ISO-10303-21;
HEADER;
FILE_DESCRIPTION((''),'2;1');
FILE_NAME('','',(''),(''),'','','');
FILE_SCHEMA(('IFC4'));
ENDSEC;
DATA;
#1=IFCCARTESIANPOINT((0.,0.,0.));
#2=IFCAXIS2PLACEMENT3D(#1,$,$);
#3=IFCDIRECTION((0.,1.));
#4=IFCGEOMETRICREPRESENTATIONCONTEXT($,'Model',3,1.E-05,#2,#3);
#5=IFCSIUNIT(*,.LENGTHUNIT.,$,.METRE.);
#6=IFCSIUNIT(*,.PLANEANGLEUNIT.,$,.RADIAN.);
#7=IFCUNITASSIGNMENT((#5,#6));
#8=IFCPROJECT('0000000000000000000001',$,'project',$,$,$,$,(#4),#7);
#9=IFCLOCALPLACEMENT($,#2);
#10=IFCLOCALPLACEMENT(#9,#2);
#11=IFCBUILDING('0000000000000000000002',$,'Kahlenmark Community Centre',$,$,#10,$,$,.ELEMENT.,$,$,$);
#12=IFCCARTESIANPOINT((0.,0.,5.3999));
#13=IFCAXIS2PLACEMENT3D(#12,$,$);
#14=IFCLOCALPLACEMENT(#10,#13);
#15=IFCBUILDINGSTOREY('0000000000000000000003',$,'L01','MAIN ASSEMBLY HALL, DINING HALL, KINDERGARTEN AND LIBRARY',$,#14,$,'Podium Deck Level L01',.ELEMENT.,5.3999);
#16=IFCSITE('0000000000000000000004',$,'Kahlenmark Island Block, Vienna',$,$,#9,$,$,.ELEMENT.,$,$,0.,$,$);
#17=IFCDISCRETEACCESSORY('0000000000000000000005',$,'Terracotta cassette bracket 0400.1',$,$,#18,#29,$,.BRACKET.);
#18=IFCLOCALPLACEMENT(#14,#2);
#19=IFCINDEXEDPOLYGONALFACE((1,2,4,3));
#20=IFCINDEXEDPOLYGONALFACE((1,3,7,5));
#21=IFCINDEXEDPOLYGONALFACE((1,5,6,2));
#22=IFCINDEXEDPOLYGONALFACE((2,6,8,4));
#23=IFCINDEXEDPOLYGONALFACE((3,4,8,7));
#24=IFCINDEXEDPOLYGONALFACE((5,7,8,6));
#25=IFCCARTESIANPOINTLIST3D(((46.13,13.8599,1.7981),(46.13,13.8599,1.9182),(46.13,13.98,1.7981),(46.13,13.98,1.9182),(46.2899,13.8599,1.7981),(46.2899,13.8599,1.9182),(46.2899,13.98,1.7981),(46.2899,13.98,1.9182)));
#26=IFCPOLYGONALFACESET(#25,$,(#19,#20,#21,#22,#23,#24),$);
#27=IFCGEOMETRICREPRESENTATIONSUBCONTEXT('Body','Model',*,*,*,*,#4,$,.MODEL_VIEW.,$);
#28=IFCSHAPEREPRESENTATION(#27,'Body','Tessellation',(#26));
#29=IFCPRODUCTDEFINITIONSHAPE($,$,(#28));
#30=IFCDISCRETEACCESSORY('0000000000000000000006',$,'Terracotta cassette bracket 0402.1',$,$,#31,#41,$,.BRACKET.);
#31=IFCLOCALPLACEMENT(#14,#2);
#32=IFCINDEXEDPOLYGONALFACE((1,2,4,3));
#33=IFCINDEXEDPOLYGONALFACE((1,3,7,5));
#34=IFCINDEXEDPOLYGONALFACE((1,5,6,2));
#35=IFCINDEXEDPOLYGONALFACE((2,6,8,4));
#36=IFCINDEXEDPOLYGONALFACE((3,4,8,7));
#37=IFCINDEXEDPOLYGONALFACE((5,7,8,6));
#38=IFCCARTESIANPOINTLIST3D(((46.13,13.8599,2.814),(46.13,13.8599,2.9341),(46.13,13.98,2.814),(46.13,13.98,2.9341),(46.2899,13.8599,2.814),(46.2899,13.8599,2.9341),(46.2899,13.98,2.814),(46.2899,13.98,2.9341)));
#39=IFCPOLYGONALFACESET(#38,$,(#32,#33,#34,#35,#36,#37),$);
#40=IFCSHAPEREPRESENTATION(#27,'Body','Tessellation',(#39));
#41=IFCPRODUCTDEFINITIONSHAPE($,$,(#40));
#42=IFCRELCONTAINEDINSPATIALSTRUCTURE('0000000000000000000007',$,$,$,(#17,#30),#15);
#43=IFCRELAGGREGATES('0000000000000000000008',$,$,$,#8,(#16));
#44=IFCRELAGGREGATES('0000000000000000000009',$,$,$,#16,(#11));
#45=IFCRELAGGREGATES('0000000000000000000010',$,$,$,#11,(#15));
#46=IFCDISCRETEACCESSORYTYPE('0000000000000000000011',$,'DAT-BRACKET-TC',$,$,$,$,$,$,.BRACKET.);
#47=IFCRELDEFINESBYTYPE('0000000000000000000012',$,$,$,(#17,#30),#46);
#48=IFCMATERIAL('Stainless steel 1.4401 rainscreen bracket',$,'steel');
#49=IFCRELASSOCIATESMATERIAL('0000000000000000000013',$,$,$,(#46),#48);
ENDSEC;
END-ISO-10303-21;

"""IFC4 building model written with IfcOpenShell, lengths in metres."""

from ifc_helpers import new_model, si_unit, direction, frame, origin, origin_2d, place, context, subcontext, project, spatial, rectangle, extrude, material, type_object, element, save


model = new_model("IFC4")

# Units and contexts
model_context = context("Model", 3, precision=1e-05, world=origin(), true_north=direction((0.0, 1.0)))
body_context = subcontext(model_context, "Body", "Model", "MODEL_VIEW")
ifc_project = project(units=[si_unit("LENGTHUNIT", "METRE"), si_unit("PLANEANGLEUNIT", "RADIAN")], contexts=[model_context])

# Site, building, storey
site_placement = place(None, origin())
site = spatial("IfcSite", under=ifc_project, at=site_placement, Name="Kahlenmark Island Block, Vienna", CompositionType="ELEMENT", RefElevation=0.0)
building_placement = place(site_placement, origin())
building = spatial("IfcBuilding", under=site, at=building_placement, Name="Kahlenmark Community Centre", CompositionType="ELEMENT")
storey_placement = place(building_placement, frame((0.0, 0.0, 5.3999)))
storey = spatial("IfcBuildingStorey", under=building, at=storey_placement, Name="L01", Description="MAIN ASSEMBLY HALL, DINING HALL, KINDERGARTEN AND LIBRARY", LongName="Podium Deck Level L01", CompositionType="ELEMENT", Elevation=5.3999)

# Discrete accessories
ifc_material_1 = material(Name="Stainless steel 1.4401 rainscreen bracket", Category="steel")
discrete_accessory_type = type_object("IfcDiscreteAccessoryType", Name="DAT-BRACKET-TC", PredefinedType="BRACKET", material=ifc_material_1)
for number, where, z_axis, x_axis, name in (
    (1, (46.21, 13.9199, 1.7981), (0.0, 0.0, 1.0), (0.0, 1.0, 0.0), "Terracotta cassette bracket 0400.1"),
    (2, (46.21, 13.9199, 2.814), (0.0, 0.0, 1.0), (0.0, 1.0, 0.0), "Terracotta cassette bracket 0402.1"),
):
    element("IfcDiscreteAccessory", number, at=place(storey_placement, frame(where, z_axis=z_axis, x_axis=x_axis)), inside=storey, type_object=discrete_accessory_type, Name=name, PredefinedType="BRACKET", context=body_context, shape_type="SweptSolid", body=[
        extrude(rectangle(XDim=0.1201, YDim=0.1599, at=origin_2d()), origin(), (0.0, 0.0, 1.0), 0.1201),
    ])

save(model, "model.ifc")
